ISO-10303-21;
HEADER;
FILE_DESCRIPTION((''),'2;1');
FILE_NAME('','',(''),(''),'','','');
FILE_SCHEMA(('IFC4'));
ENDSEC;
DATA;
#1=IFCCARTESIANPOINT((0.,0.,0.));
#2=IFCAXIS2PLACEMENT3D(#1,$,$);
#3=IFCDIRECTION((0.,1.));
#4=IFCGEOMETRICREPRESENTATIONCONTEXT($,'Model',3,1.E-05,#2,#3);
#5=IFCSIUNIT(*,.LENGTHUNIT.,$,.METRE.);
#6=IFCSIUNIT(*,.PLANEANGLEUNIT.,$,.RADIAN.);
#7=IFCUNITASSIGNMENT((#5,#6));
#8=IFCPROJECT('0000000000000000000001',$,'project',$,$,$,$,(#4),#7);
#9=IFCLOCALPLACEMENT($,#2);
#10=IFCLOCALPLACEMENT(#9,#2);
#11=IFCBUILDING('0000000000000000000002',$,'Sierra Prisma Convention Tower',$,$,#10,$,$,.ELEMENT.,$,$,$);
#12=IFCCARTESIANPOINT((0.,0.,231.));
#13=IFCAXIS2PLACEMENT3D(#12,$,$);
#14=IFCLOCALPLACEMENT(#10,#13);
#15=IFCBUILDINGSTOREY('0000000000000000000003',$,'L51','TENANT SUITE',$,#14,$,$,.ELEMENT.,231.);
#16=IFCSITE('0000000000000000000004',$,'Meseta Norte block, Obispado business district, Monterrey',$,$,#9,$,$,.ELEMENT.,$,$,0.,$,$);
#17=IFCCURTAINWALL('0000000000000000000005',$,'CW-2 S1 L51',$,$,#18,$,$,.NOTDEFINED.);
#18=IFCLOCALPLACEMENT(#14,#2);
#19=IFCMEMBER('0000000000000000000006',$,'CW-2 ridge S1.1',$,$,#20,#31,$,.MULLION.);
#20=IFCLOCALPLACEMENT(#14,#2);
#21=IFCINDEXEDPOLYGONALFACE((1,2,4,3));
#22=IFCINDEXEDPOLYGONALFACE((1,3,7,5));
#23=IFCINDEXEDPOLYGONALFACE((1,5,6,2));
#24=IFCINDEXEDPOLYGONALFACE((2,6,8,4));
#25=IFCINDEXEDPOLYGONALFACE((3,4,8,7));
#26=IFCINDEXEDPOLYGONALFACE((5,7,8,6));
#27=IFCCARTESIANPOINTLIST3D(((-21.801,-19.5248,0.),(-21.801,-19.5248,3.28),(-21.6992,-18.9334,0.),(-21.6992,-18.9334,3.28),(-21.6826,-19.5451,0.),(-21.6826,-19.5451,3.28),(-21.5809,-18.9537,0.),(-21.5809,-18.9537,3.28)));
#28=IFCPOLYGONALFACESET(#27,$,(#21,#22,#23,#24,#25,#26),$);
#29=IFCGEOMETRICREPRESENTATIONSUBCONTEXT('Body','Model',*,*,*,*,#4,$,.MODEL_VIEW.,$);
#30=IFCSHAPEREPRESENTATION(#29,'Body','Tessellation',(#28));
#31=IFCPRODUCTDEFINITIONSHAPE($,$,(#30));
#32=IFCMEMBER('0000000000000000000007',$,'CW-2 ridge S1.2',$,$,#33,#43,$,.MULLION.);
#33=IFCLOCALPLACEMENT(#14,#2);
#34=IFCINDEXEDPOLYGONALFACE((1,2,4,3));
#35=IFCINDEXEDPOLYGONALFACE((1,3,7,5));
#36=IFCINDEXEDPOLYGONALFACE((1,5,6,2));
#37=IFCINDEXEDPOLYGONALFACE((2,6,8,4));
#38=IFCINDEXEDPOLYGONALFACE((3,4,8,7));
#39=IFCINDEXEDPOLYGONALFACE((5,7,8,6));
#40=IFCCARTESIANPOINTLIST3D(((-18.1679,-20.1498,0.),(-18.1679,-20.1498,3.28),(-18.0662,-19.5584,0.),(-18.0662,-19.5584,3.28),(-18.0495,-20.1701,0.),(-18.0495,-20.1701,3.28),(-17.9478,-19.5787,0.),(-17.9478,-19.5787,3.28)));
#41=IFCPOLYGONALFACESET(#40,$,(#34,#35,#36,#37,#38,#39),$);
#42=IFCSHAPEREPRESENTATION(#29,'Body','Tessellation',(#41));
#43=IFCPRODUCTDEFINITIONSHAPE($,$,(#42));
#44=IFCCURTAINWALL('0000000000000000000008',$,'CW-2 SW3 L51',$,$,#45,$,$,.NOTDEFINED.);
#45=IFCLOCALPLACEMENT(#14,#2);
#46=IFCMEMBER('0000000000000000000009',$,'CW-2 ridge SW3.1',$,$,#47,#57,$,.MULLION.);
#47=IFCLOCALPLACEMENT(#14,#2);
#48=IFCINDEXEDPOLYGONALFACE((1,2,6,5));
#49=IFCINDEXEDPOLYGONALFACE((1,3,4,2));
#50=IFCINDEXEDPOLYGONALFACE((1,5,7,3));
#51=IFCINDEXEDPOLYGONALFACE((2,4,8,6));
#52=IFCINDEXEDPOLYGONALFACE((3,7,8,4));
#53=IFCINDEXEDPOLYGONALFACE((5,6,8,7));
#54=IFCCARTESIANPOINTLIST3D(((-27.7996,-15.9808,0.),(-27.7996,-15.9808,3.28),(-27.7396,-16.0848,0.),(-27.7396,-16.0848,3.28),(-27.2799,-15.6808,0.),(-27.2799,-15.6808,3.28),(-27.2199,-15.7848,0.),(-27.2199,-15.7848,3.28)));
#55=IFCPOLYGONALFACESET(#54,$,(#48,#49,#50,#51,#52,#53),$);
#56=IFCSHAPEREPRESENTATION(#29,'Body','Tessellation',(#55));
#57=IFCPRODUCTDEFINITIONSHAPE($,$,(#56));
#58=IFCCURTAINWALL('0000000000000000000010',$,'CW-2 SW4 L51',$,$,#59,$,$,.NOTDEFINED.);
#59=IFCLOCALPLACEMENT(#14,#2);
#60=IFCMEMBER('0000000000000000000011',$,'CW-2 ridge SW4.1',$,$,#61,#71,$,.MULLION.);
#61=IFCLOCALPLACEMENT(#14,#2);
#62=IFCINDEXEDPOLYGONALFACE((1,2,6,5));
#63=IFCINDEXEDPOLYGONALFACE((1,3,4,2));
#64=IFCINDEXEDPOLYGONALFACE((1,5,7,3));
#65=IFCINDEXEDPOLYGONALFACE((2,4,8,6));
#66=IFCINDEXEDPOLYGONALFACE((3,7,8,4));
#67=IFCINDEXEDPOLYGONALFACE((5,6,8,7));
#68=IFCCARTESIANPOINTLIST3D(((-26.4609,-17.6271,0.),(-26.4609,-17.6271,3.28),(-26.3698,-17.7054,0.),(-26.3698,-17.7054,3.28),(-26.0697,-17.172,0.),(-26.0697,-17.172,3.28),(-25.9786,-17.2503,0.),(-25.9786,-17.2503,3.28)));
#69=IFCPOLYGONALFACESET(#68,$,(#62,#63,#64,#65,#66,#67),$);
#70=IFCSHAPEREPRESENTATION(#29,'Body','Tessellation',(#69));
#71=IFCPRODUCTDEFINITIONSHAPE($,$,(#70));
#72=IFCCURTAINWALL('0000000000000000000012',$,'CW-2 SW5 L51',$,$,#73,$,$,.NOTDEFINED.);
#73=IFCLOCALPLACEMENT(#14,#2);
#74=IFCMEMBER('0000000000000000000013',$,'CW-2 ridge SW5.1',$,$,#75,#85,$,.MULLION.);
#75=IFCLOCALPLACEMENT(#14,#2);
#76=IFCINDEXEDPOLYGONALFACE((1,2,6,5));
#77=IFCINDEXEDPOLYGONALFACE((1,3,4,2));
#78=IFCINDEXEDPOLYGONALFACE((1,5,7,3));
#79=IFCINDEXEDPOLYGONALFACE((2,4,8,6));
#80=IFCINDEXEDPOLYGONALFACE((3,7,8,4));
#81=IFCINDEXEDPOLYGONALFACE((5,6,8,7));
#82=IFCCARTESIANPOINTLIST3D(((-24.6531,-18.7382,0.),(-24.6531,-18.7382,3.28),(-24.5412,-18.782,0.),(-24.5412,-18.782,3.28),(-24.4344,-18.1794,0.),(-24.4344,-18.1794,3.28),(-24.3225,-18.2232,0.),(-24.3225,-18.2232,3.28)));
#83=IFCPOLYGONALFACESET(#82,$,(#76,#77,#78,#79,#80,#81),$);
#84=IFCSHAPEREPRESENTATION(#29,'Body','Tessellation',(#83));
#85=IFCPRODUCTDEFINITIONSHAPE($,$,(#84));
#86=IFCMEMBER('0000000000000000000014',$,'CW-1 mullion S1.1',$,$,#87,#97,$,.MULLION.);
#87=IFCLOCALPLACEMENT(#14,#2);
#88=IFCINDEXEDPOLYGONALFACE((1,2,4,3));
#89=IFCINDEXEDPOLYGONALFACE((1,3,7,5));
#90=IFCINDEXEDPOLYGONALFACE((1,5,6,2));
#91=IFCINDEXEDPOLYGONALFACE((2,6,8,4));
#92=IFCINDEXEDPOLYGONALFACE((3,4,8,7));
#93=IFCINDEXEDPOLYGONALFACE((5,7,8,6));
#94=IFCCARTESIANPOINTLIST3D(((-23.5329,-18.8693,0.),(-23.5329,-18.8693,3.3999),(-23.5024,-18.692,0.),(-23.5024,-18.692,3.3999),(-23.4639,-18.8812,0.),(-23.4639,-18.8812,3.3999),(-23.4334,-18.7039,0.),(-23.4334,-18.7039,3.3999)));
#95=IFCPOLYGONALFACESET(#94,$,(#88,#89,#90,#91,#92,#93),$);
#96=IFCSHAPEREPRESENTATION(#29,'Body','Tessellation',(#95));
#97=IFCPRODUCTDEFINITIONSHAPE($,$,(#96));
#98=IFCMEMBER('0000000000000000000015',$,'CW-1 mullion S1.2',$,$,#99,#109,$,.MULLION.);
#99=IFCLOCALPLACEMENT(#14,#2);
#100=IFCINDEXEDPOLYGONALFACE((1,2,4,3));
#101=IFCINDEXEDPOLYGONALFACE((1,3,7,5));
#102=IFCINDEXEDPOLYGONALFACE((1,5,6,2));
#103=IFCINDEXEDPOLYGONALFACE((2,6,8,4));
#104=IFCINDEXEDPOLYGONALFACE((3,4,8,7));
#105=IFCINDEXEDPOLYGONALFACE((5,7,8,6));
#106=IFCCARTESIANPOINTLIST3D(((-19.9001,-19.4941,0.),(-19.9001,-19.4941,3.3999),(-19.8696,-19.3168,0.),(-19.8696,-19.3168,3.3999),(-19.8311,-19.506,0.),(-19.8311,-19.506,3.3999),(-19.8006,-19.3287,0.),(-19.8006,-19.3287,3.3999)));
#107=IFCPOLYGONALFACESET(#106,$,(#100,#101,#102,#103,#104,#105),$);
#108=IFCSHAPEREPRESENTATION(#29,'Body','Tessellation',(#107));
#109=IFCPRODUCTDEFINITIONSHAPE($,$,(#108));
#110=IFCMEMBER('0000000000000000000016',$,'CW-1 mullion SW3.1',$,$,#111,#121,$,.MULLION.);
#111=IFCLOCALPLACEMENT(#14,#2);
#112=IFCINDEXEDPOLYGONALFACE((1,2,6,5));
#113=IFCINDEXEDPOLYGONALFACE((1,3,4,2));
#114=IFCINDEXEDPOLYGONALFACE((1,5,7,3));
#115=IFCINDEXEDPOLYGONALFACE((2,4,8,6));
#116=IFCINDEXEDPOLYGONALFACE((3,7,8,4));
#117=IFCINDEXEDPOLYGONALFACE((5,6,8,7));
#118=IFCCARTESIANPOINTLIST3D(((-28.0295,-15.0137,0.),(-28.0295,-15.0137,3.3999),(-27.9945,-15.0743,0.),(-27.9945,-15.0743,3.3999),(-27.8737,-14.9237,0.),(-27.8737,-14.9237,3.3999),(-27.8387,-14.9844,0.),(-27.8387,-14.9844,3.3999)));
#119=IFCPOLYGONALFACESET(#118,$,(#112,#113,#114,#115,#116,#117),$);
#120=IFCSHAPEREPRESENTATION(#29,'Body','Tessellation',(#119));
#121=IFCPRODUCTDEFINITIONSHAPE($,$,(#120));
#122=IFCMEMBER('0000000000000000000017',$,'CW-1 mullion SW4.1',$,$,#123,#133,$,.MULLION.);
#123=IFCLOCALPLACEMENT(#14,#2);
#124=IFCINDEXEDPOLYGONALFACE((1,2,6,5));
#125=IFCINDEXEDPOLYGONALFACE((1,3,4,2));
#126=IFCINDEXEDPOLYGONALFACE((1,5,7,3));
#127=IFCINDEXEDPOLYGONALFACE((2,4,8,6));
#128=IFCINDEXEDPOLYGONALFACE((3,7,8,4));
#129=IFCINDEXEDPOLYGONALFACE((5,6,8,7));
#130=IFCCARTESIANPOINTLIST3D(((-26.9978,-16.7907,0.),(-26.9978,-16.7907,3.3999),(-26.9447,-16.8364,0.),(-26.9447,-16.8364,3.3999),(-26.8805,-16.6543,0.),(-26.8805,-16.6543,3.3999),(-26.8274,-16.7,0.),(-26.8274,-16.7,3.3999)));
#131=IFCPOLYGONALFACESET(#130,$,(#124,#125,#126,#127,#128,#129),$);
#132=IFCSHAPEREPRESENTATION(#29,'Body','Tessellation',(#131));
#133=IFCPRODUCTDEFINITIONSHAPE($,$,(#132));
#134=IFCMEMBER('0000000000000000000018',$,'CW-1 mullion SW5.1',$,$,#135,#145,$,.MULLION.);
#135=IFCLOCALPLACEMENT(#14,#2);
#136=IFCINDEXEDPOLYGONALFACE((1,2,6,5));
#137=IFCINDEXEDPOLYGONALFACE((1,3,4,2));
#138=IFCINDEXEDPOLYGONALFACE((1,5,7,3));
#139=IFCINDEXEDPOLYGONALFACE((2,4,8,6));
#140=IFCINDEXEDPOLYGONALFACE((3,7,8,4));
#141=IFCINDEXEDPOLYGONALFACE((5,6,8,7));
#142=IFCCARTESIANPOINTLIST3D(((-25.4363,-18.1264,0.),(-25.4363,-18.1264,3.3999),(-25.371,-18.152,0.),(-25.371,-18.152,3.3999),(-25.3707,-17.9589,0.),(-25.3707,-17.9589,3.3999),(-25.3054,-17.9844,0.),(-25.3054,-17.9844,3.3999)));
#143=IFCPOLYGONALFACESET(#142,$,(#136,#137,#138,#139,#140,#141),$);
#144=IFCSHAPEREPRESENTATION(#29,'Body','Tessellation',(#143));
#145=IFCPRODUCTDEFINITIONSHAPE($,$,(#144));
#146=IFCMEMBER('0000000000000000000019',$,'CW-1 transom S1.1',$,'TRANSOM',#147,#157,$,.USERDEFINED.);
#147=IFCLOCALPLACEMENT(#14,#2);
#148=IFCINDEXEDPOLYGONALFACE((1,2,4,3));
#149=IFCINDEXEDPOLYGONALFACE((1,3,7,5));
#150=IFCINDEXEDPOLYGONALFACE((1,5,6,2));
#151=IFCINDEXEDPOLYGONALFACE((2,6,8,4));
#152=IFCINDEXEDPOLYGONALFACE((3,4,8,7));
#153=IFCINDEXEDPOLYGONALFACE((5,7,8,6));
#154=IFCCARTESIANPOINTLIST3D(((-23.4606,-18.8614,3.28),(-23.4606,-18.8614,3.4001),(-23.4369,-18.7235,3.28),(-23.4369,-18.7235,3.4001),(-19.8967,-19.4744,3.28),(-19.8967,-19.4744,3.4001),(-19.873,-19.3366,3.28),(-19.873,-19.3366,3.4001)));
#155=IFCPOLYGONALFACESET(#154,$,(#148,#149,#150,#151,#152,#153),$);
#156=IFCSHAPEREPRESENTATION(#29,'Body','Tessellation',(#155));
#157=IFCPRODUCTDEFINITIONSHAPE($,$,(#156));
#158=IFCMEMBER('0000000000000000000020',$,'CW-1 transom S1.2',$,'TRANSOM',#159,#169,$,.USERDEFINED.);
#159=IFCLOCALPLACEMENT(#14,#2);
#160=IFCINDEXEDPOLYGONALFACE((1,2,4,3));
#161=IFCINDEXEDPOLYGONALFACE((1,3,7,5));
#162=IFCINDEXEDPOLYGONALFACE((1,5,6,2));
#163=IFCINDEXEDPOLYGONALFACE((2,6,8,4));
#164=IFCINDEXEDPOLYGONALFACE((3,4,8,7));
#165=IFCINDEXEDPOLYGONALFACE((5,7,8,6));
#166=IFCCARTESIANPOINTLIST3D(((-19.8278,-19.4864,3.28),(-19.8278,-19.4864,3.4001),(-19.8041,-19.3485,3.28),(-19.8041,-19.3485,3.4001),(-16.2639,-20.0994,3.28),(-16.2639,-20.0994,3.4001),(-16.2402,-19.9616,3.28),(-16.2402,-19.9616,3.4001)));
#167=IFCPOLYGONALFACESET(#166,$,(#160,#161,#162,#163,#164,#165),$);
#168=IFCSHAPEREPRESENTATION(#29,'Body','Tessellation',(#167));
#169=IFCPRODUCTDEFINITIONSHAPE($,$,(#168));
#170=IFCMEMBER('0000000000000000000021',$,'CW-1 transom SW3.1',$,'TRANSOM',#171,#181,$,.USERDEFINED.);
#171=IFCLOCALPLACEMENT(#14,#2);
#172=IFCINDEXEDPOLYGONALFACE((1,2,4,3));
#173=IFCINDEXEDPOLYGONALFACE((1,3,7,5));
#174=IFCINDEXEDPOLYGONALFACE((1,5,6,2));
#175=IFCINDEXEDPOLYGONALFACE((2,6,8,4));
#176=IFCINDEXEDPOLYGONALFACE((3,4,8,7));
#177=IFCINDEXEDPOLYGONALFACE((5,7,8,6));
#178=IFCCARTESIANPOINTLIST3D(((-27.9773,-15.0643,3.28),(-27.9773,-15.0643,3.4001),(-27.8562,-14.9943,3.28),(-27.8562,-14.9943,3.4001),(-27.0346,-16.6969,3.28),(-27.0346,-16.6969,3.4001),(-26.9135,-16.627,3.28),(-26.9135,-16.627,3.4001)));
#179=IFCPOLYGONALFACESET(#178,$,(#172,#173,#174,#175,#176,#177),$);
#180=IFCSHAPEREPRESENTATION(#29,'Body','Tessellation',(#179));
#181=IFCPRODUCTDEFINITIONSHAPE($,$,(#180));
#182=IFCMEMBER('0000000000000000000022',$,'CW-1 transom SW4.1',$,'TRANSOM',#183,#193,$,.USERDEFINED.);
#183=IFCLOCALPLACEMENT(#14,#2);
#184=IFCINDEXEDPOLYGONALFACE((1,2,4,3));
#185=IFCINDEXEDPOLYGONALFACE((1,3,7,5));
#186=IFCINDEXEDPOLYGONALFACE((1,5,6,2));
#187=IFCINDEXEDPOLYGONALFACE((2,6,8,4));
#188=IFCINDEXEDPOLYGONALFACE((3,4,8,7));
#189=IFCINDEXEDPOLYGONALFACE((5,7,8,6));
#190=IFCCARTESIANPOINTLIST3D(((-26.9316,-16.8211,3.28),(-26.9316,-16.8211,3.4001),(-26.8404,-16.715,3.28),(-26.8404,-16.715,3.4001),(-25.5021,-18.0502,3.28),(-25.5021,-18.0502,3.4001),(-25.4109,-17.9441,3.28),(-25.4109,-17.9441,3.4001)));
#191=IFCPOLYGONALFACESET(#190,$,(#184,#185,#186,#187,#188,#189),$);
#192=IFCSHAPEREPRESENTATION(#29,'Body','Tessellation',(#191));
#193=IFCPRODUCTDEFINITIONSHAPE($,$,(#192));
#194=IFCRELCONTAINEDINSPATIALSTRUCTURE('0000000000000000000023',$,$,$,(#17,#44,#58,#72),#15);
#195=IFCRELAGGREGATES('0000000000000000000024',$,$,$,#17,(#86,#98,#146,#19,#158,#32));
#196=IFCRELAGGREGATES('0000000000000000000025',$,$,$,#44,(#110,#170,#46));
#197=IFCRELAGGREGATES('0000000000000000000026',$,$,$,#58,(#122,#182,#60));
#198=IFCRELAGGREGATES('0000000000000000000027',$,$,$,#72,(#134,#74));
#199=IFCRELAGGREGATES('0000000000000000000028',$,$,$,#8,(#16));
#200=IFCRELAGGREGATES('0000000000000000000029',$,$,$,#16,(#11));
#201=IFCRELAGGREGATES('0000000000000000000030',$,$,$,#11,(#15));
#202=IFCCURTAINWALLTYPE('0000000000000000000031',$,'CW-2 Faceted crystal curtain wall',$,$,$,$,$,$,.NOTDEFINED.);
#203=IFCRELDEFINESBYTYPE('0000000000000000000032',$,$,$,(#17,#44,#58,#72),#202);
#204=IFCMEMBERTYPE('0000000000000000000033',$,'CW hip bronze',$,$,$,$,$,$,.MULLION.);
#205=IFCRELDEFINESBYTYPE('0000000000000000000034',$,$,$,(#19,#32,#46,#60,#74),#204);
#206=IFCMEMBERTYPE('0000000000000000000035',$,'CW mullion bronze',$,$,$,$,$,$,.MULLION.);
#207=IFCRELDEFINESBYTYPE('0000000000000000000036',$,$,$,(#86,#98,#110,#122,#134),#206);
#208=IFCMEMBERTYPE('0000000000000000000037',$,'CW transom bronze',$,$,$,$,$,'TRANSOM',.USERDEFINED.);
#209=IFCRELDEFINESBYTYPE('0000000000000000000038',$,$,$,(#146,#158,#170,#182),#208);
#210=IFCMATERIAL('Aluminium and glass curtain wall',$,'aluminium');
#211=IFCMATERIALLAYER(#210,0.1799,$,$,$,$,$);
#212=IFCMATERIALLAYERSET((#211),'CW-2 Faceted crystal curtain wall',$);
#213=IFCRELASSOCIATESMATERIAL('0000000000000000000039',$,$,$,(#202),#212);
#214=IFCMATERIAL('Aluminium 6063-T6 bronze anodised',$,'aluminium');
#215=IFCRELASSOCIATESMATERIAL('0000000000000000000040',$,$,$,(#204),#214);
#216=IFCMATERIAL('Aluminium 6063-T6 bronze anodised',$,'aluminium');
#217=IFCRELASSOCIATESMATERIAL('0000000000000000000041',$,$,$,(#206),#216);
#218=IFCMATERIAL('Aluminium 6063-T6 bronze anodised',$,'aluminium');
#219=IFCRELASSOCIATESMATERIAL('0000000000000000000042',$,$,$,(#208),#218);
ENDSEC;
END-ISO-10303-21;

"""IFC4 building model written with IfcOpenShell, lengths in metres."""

from ifc_helpers import new_model, si_unit, direction, frame, origin, origin_2d, place, context, subcontext, project, spatial, rectangle, extrude, material, layer, layer_set, material_profile, profile_set, type_object, element, aggregate, save


model = new_model("IFC4")

# Units and contexts
model_context = context("Model", 3, precision=1e-05, world=origin(), true_north=direction((0.0, 1.0)))
body_context = subcontext(model_context, "Body", "Model", "MODEL_VIEW")
ifc_project = project(units=[si_unit("LENGTHUNIT", "METRE"), si_unit("PLANEANGLEUNIT", "RADIAN")], contexts=[model_context])

# Site, building, storey
site_placement = place(None, origin())
site = spatial("IfcSite", under=ifc_project, at=site_placement, Name="Meseta Norte block, Obispado business district, Monterrey", CompositionType="ELEMENT", RefElevation=0.0)
building_placement = place(site_placement, origin())
building = spatial("IfcBuilding", under=site, at=building_placement, Name="Sierra Prisma Convention Tower", CompositionType="ELEMENT")
storey_placement = place(building_placement, frame((0.0, 0.0, 231.0)))
storey = spatial("IfcBuildingStorey", under=building, at=storey_placement, Name="L51", Description="TENANT SUITE", CompositionType="ELEMENT", Elevation=231.0)

# Curtain wall, members
ifc_material_1 = material(Name="Aluminium and glass curtain wall", Category="aluminium")
ifc_layer_1 = layer(ifc_material_1, 0.1799)
ifc_layer_set_1 = layer_set([ifc_layer_1], Name="CW-2 Faceted crystal curtain wall")
curtain_wall_type = type_object("IfcCurtainWallType", Name="CW-2 Faceted crystal curtain wall", PredefinedType="NOTDEFINED", material=ifc_layer_set_1)
curtain_wall_1_placement = place(storey_placement, origin())
curtain_wall_1 = element("IfcCurtainWall", 1, at=curtain_wall_1_placement, inside=storey, type_object=curtain_wall_type, Name="CW-2 S1 L51", PredefinedType="NOTDEFINED")
ifc_material_2 = material(Name="Aluminium 6063-T6 bronze anodised", Category="aluminium")
ifc_material_profile_1 = material_profile(ifc_material_2, rectangle(XDim=0.1201, YDim=0.6001, at=origin_2d()), Name="ALU RIDGE BLADE 120x600")
ifc_profile_set_1 = profile_set([ifc_material_profile_1], Name="Aluminium 6063-T6 bronze anodised")
member_type_1 = type_object("IfcMemberType", Name="CW hip bronze", PredefinedType="MULLION", material=ifc_profile_set_1)
member_1_placement = place(storey_placement, frame((-21.6909, -19.2393, 0.0), z_axis=(0.0, 0.0, 1.0), x_axis=(0.985524, -0.169537, 0.0)))
member_1 = element("IfcMember", 2, at=member_1_placement, type_object=member_type_1, Name="CW-2 ridge S1.1", PredefinedType="MULLION", context=body_context, shape_type="SweptSolid", body=[
    extrude(rectangle(XDim=0.1201, YDim=0.6001, at=origin_2d()), origin(), (0.0, 0.0, 1.0), 3.28),
])
member_2_placement = place(storey_placement, frame((-18.0579, -19.8643, 0.0), z_axis=(0.0, 0.0, 1.0), x_axis=(0.985524, -0.169537, 0.0)))
member_2 = element("IfcMember", 3, at=member_2_placement, type_object=member_type_1, Name="CW-2 ridge S1.2", PredefinedType="MULLION", context=body_context, shape_type="SweptSolid", body=[
    extrude(rectangle(XDim=0.1201, YDim=0.6001, at=origin_2d()), origin(), (0.0, 0.0, 1.0), 3.28),
])

# Curtain walls, members
curtain_wall_2_placement = place(storey_placement, origin())
curtain_wall_2 = element("IfcCurtainWall", 4, at=curtain_wall_2_placement, inside=storey, type_object=curtain_wall_type, Name="CW-2 SW3 L51", PredefinedType="NOTDEFINED")
member_3_placement = place(storey_placement, frame((-27.5098, -15.8828, 0.0), z_axis=(0.0, 0.0, 1.0), x_axis=(0.5, -0.866025, 0.0)))
member_3 = element("IfcMember", 5, at=member_3_placement, type_object=member_type_1, Name="CW-2 ridge SW3.1", PredefinedType="MULLION", context=body_context, shape_type="SweptSolid", body=[
    extrude(rectangle(XDim=0.1201, YDim=0.6001, at=origin_2d()), origin(), (0.0, 0.0, 1.0), 3.28),
])
curtain_wall_3_placement = place(storey_placement, origin())
curtain_wall_3 = element("IfcCurtainWall", 6, at=curtain_wall_3_placement, inside=storey, type_object=curtain_wall_type, Name="CW-2 SW4 L51", PredefinedType="NOTDEFINED")
member_4_placement = place(storey_placement, frame((-26.2197, -17.4387, 0.0), z_axis=(0.0, 0.0, 1.0), x_axis=(0.758302, -0.651903, 0.0)))
member_4 = element("IfcMember", 7, at=member_4_placement, type_object=member_type_1, Name="CW-2 ridge SW4.1", PredefinedType="MULLION", context=body_context, shape_type="SweptSolid", body=[
    extrude(rectangle(XDim=0.1201, YDim=0.6001, at=origin_2d()), origin(), (0.0, 0.0, 1.0), 3.28),
])
curtain_wall_4_placement = place(storey_placement, origin())
curtain_wall_4 = element("IfcCurtainWall", 8, at=curtain_wall_4_placement, inside=storey, type_object=curtain_wall_type, Name="CW-2 SW5 L51", PredefinedType="NOTDEFINED")
member_5_placement = place(storey_placement, frame((-24.4878, -18.4807, 0.0), z_axis=(0.0, 0.0, 1.0), x_axis=(0.931244, -0.364396, 0.0)))
member_5 = element("IfcMember", 9, at=member_5_placement, type_object=member_type_1, Name="CW-2 ridge SW5.1", PredefinedType="MULLION", context=body_context, shape_type="SweptSolid", body=[
    extrude(rectangle(XDim=0.1201, YDim=0.6001, at=origin_2d()), origin(), (0.0, 0.0, 1.0), 3.28),
])

# Members
ifc_material_3 = material(Name="Aluminium 6063-T6 bronze anodised", Category="aluminium")
ifc_material_profile_2 = material_profile(ifc_material_3, rectangle(XDim=0.1799, YDim=0.0701, at=origin_2d()), Name="ALU MULLION 70x180")
ifc_profile_set_2 = profile_set([ifc_material_profile_2], Name="Aluminium 6063-T6 bronze anodised")
member_type_2 = type_object("IfcMemberType", Name="CW mullion bronze", PredefinedType="MULLION", material=ifc_profile_set_2)
member_6_placement = place(storey_placement, frame((-23.4832, -18.7866, 0.0), z_axis=(0.0, 0.0, 1.0), x_axis=(0.169537, 0.985524, 0.0)))
member_6 = element("IfcMember", 10, at=member_6_placement, type_object=member_type_2, Name="CW-1 mullion S1.1", PredefinedType="MULLION", context=body_context, shape_type="SweptSolid", body=[
    extrude(rectangle(XDim=0.1799, YDim=0.0701, at=origin_2d()), origin(), (0.0, 0.0, 1.0), 3.3999),
])
member_7_placement = place(storey_placement, frame((-19.8503, -19.4114, 0.0), z_axis=(0.0, 0.0, 1.0), x_axis=(0.169537, 0.985524, 0.0)))
member_7 = element("IfcMember", 11, at=member_7_placement, type_object=member_type_2, Name="CW-1 mullion S1.2", PredefinedType="MULLION", context=body_context, shape_type="SweptSolid", body=[
    extrude(rectangle(XDim=0.1799, YDim=0.0701, at=origin_2d()), origin(), (0.0, 0.0, 1.0), 3.3999),
])
member_8_placement = place(storey_placement, frame((-27.9341, -14.999, 0.0), z_axis=(0.0, 0.0, 1.0), x_axis=(0.866025, 0.5, 0.0)))
member_8 = element("IfcMember", 12, at=member_8_placement, type_object=member_type_2, Name="CW-1 mullion SW3.1", PredefinedType="MULLION", context=body_context, shape_type="SweptSolid", body=[
    extrude(rectangle(XDim=0.1799, YDim=0.0701, at=origin_2d()), origin(), (0.0, 0.0, 1.0), 3.3999),
])
member_9_placement = place(storey_placement, frame((-26.9126, -16.7454, 0.0), z_axis=(0.0, 0.0, 1.0), x_axis=(0.651903, 0.758302, 0.0)))
member_9 = element("IfcMember", 13, at=member_9_placement, type_object=member_type_2, Name="CW-1 mullion SW4.1", PredefinedType="MULLION", context=body_context, shape_type="SweptSolid", body=[
    extrude(rectangle(XDim=0.1799, YDim=0.0701, at=origin_2d()), origin(), (0.0, 0.0, 1.0), 3.3999),
])
member_10_placement = place(storey_placement, frame((-25.3708, -18.0554, 0.0), z_axis=(0.0, 0.0, 1.0), x_axis=(0.364396, 0.931244, 0.0)))
member_10 = element("IfcMember", 14, at=member_10_placement, type_object=member_type_2, Name="CW-1 mullion SW5.1", PredefinedType="MULLION", context=body_context, shape_type="SweptSolid", body=[
    extrude(rectangle(XDim=0.1799, YDim=0.0701, at=origin_2d()), origin(), (0.0, 0.0, 1.0), 3.3999),
])
ifc_material_4 = material(Name="Aluminium 6063-T6 bronze anodised", Category="aluminium")
ifc_material_profile_3 = material_profile(ifc_material_4, rectangle(XDim=0.1399, YDim=0.1201, at=origin_2d()), Name="ALU TRANSOM 120x140")
ifc_profile_set_3 = profile_set([ifc_material_profile_3], Name="Aluminium 6063-T6 bronze anodised")
member_type_3 = type_object("IfcMemberType", Name="CW transom bronze", ElementType="TRANSOM", PredefinedType="USERDEFINED", material=ifc_profile_set_3)
member_11_placement = place(storey_placement, frame((-23.4487, -18.7925, 3.3401), z_axis=(0.985527, -0.16952, 0.0), x_axis=(0.16952, 0.985527, 0.0)))
member_11 = element("IfcMember", 15, at=member_11_placement, type_object=member_type_3, Name="CW-1 transom S1.1", ObjectType="TRANSOM", PredefinedType="USERDEFINED", context=body_context, shape_type="SweptSolid", body=[
    extrude(rectangle(XDim=0.1399, YDim=0.1201, at=origin_2d()), origin(), (0.0, 0.0, 1.0), 3.6162),
])
member_12_placement = place(storey_placement, frame((-19.8159, -19.4175, 3.3401), z_axis=(0.985527, -0.16952, 0.0), x_axis=(0.16952, 0.985527, 0.0)))
member_12 = element("IfcMember", 16, at=member_12_placement, type_object=member_type_3, Name="CW-1 transom S1.2", ObjectType="TRANSOM", PredefinedType="USERDEFINED", context=body_context, shape_type="SweptSolid", body=[
    extrude(rectangle(XDim=0.1399, YDim=0.1201, at=origin_2d()), origin(), (0.0, 0.0, 1.0), 3.6162),
])
member_13_placement = place(storey_placement, frame((-27.9167, -15.0293, 3.3401), z_axis=(0.500025, -0.866011, 0.0), x_axis=(0.866011, 0.500025, 0.0)))
member_13 = element("IfcMember", 17, at=member_13_placement, type_object=member_type_3, Name="CW-1 transom SW3.1", ObjectType="TRANSOM", PredefinedType="USERDEFINED", context=body_context, shape_type="SweptSolid", body=[
    extrude(rectangle(XDim=0.1399, YDim=0.1201, at=origin_2d()), origin(), (0.0, 0.0, 1.0), 1.8853),
])
member_14_placement = place(storey_placement, frame((-26.886, -16.7681, 3.3401), z_axis=(0.758268, -0.651942, 0.0), x_axis=(0.651942, 0.758268, 0.0)))
member_14 = element("IfcMember", 18, at=member_14_placement, type_object=member_type_3, Name="CW-1 transom SW4.1", ObjectType="TRANSOM", PredefinedType="USERDEFINED", context=body_context, shape_type="SweptSolid", body=[
    extrude(rectangle(XDim=0.1399, YDim=0.1201, at=origin_2d()), origin(), (0.0, 0.0, 1.0), 1.8853),
])

aggregate(curtain_wall_1, [member_6, member_7, member_11, member_1, member_12, member_2])

aggregate(curtain_wall_2, [member_8, member_13, member_3])
aggregate(curtain_wall_3, [member_9, member_14, member_4])
aggregate(curtain_wall_4, [member_10, member_5])

save(model, "model.ifc")
